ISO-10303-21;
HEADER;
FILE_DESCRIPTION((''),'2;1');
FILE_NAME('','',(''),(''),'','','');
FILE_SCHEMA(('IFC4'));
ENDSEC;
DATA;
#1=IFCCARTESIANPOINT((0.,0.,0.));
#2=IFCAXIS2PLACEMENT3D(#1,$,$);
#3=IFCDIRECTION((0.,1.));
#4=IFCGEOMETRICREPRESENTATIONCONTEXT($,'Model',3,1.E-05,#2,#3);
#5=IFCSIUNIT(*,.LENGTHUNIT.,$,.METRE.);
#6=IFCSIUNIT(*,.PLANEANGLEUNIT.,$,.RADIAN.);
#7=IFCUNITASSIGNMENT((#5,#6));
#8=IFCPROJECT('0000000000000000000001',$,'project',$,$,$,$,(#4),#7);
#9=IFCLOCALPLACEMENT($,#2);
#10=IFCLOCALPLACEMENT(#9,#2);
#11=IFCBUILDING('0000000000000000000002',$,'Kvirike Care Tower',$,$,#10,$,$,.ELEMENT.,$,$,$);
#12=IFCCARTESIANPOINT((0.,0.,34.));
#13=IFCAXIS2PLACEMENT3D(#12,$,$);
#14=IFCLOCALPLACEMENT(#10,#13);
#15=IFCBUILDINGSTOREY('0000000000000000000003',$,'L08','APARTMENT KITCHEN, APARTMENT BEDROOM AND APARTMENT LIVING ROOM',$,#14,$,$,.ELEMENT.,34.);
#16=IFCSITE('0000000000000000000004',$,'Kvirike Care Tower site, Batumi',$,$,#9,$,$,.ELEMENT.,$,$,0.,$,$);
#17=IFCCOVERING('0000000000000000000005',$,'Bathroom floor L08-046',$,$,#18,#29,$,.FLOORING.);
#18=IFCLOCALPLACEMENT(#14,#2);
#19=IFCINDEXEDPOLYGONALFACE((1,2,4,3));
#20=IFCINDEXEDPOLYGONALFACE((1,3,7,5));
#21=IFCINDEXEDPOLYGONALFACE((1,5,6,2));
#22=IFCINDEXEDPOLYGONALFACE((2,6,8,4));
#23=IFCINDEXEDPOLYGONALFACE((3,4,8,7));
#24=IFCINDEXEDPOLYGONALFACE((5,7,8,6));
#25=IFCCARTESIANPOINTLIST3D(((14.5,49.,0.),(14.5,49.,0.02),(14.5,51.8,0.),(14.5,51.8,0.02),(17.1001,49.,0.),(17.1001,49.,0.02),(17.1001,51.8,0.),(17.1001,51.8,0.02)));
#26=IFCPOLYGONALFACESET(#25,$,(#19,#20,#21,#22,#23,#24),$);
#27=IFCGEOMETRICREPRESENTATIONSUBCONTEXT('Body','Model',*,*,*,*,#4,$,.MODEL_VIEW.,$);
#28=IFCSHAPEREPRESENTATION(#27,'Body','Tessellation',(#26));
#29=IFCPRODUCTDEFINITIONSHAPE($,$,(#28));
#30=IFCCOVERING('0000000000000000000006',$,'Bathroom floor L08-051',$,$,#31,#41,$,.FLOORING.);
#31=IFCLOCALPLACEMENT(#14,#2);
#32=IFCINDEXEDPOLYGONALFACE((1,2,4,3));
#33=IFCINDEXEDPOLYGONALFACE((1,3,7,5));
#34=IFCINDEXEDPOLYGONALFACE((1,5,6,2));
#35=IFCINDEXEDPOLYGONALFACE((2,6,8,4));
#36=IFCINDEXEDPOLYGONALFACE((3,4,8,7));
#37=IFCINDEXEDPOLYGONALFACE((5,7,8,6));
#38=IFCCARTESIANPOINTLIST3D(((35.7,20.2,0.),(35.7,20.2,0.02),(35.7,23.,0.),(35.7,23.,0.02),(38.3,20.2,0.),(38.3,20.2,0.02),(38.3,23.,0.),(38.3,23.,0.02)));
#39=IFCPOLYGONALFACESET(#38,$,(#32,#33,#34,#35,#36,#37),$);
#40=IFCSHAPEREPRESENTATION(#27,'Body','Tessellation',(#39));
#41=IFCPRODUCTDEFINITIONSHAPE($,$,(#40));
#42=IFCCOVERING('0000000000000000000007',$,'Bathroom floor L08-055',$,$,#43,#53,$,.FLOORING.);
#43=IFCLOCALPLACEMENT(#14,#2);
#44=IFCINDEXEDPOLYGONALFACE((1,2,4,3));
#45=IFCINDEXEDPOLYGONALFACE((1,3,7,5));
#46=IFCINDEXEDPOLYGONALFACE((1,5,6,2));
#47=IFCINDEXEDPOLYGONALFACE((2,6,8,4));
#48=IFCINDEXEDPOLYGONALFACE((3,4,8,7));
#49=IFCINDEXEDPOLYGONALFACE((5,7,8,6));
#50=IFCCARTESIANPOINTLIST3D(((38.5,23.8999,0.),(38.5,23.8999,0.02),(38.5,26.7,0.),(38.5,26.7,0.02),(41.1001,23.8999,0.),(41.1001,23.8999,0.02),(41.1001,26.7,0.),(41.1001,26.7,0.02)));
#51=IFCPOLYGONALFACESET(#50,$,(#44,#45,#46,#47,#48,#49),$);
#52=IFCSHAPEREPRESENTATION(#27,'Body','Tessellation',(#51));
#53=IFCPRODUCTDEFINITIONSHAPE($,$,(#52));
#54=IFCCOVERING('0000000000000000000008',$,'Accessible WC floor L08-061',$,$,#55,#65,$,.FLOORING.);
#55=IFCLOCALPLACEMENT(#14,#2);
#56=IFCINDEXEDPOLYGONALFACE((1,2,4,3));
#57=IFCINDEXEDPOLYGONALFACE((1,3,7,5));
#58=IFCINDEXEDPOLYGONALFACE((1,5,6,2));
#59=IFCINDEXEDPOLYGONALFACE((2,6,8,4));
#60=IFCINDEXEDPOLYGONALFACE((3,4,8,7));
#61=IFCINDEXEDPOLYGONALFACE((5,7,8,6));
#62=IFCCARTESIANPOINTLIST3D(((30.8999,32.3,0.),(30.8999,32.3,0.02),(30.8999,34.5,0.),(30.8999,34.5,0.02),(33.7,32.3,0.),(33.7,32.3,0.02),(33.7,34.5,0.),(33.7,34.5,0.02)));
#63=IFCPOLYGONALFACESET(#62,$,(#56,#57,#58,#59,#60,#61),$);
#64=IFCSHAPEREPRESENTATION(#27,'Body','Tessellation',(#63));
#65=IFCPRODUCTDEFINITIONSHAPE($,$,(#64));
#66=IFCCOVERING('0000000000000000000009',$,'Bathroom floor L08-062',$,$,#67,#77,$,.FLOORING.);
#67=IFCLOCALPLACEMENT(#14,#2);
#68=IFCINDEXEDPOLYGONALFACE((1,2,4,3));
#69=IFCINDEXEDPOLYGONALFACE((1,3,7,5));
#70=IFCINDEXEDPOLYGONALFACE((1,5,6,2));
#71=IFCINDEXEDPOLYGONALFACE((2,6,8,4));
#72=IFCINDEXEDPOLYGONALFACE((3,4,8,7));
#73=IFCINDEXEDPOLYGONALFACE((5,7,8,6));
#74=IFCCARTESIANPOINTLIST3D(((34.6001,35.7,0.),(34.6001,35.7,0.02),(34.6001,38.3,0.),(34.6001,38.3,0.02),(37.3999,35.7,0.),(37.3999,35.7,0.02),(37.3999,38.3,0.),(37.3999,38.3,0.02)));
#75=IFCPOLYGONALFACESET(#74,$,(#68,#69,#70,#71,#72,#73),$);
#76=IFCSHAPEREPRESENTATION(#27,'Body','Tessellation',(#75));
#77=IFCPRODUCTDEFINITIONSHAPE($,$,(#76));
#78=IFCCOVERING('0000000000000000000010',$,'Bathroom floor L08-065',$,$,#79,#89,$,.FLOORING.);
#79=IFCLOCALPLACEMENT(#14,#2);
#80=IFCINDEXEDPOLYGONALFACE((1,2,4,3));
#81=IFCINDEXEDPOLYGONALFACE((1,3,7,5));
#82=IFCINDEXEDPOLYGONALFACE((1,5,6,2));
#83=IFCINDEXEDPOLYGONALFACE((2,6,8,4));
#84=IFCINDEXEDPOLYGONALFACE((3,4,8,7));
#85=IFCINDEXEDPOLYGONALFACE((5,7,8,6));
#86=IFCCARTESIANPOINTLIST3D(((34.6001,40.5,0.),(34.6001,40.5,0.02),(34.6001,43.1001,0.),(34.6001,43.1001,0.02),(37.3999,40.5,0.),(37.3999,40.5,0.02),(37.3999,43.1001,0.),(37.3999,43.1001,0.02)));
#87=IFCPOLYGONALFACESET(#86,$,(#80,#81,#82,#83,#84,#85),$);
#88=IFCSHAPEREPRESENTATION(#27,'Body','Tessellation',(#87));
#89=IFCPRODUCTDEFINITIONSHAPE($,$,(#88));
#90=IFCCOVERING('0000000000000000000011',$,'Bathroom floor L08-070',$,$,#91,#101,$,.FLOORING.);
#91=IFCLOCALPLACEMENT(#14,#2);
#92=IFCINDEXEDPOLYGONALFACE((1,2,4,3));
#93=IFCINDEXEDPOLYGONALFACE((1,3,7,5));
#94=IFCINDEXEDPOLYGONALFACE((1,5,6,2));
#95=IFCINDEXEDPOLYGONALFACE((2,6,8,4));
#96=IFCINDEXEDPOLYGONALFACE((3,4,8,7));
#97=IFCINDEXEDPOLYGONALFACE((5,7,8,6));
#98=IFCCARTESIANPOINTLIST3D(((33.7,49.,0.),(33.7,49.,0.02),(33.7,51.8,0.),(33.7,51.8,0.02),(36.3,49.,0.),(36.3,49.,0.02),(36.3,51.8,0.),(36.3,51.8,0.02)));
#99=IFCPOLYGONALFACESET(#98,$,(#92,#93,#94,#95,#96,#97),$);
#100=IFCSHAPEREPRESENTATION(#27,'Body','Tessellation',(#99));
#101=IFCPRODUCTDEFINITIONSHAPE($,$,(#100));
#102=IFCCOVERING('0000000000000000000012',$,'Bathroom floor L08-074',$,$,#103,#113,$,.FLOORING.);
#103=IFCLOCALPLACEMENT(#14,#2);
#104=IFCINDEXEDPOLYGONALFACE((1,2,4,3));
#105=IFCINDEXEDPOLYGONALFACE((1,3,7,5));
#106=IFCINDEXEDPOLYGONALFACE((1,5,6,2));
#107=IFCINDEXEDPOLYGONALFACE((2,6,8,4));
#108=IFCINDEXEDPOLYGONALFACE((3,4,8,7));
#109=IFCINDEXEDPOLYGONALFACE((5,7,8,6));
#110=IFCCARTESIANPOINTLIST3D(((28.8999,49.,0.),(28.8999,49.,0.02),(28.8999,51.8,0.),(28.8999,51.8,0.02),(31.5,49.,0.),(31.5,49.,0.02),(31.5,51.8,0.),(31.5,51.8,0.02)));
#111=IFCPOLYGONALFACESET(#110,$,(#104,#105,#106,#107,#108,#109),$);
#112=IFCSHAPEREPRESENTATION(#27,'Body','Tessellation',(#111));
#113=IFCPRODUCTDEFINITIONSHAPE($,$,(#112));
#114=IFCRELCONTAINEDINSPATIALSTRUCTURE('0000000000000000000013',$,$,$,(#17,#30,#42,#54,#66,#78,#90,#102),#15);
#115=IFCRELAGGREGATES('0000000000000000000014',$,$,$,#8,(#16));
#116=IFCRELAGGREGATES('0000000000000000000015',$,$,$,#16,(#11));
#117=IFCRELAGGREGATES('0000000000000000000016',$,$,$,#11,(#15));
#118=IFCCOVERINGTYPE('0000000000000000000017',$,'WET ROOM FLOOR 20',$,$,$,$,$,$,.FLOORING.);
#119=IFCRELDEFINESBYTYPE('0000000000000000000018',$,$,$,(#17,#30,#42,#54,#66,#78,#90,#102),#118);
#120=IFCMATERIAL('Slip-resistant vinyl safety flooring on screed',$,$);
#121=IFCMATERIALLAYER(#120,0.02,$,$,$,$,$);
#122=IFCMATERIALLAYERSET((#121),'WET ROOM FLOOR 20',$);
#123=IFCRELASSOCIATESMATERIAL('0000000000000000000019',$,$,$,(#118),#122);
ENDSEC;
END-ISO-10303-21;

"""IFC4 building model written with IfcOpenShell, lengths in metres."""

from ifc_helpers import new_model, si_unit, direction, frame, origin, place, context, subcontext, project, spatial, polyline, outline, extrude, material, layer, layer_set, type_object, element, save


model = new_model("IFC4")

# Units and contexts
model_context = context("Model", 3, precision=1e-05, world=origin(), true_north=direction((0.0, 1.0)))
body_context = subcontext(model_context, "Body", "Model", "MODEL_VIEW")
ifc_project = project(units=[si_unit("LENGTHUNIT", "METRE"), si_unit("PLANEANGLEUNIT", "RADIAN")], contexts=[model_context])

# Site, building, storey
site_placement = place(None, origin())
site = spatial("IfcSite", under=ifc_project, at=site_placement, Name="Kvirike Care Tower site, Batumi", CompositionType="ELEMENT", RefElevation=0.0)
building_placement = place(site_placement, origin())
building = spatial("IfcBuilding", under=site, at=building_placement, Name="Kvirike Care Tower", CompositionType="ELEMENT")
storey_placement = place(building_placement, frame((0.0, 0.0, 34.0)))
storey = spatial("IfcBuildingStorey", under=building, at=storey_placement, Name="L08", Description="APARTMENT KITCHEN, APARTMENT BEDROOM AND APARTMENT LIVING ROOM", CompositionType="ELEMENT", Elevation=34.0)

# Coverings
ifc_material_1 = material(Name="Slip-resistant vinyl safety flooring on screed")
ifc_layer_1 = layer(ifc_material_1, 0.02)
ifc_layer_set_1 = layer_set([ifc_layer_1], Name="WET ROOM FLOOR 20")
covering_type = type_object("IfcCoveringType", Name="WET ROOM FLOOR 20", PredefinedType="FLOORING", material=ifc_layer_set_1)
covering_1_placement = place(storey_placement, origin())
element("IfcCovering", 1, at=covering_1_placement, inside=storey, type_object=covering_type, Name="Bathroom floor L08-046", PredefinedType="FLOORING", context=body_context, shape_type="SweptSolid", body=[
    extrude(outline(polyline([(17.1001, 51.8), (17.1001, 49.0), (14.5, 49.0), (14.5, 51.8), (17.1001, 51.8)])), origin(), (0.0, 0.0, 1.0), 0.02),
])
covering_2_placement = place(storey_placement, origin())
element("IfcCovering", 2, at=covering_2_placement, inside=storey, type_object=covering_type, Name="Bathroom floor L08-051", PredefinedType="FLOORING", context=body_context, shape_type="SweptSolid", body=[
    extrude(outline(polyline([(35.7, 20.2), (35.7, 23.0), (38.3, 23.0), (38.3, 20.2), (35.7, 20.2)])), origin(), (0.0, 0.0, 1.0), 0.02),
])
covering_3_placement = place(storey_placement, origin())
element("IfcCovering", 3, at=covering_3_placement, inside=storey, type_object=covering_type, Name="Bathroom floor L08-055", PredefinedType="FLOORING", context=body_context, shape_type="SweptSolid", body=[
    extrude(outline(polyline([(38.5, 23.8999), (38.5, 26.7), (41.1001, 26.7), (41.1001, 23.8999), (38.5, 23.8999)])), origin(), (0.0, 0.0, 1.0), 0.02),
])
covering_4_placement = place(storey_placement, origin())
element("IfcCovering", 4, at=covering_4_placement, inside=storey, type_object=covering_type, Name="Accessible WC floor L08-061", PredefinedType="FLOORING", context=body_context, shape_type="SweptSolid", body=[
    extrude(outline(polyline([(33.7, 32.3), (30.8999, 32.3), (30.8999, 34.5), (33.7, 34.5), (33.7, 32.3)])), origin(), (0.0, 0.0, 1.0), 0.02),
])
covering_5_placement = place(storey_placement, origin())
element("IfcCovering", 5, at=covering_5_placement, inside=storey, type_object=covering_type, Name="Bathroom floor L08-062", PredefinedType="FLOORING", context=body_context, shape_type="SweptSolid", body=[
    extrude(outline(polyline([(37.3999, 35.7), (34.6001, 35.7), (34.6001, 38.3), (37.3999, 38.3), (37.3999, 35.7)])), origin(), (0.0, 0.0, 1.0), 0.02),
])
covering_6_placement = place(storey_placement, origin())
element("IfcCovering", 6, at=covering_6_placement, inside=storey, type_object=covering_type, Name="Bathroom floor L08-065", PredefinedType="FLOORING", context=body_context, shape_type="SweptSolid", body=[
    extrude(outline(polyline([(37.3999, 40.5), (34.6001, 40.5), (34.6001, 43.1001), (37.3999, 43.1001), (37.3999, 40.5)])), origin(), (0.0, 0.0, 1.0), 0.02),
])
covering_7_placement = place(storey_placement, origin())
element("IfcCovering", 7, at=covering_7_placement, inside=storey, type_object=covering_type, Name="Bathroom floor L08-070", PredefinedType="FLOORING", context=body_context, shape_type="SweptSolid", body=[
    extrude(outline(polyline([(36.3, 51.8), (36.3, 49.0), (33.7, 49.0), (33.7, 51.8), (36.3, 51.8)])), origin(), (0.0, 0.0, 1.0), 0.02),
])
covering_8_placement = place(storey_placement, origin())
element("IfcCovering", 8, at=covering_8_placement, inside=storey, type_object=covering_type, Name="Bathroom floor L08-074", PredefinedType="FLOORING", context=body_context, shape_type="SweptSolid", body=[
    extrude(outline(polyline([(31.5, 51.8), (31.5, 49.0), (28.8999, 49.0), (28.8999, 51.8), (31.5, 51.8)])), origin(), (0.0, 0.0, 1.0), 0.02),
])

save(model, "model.ifc")
